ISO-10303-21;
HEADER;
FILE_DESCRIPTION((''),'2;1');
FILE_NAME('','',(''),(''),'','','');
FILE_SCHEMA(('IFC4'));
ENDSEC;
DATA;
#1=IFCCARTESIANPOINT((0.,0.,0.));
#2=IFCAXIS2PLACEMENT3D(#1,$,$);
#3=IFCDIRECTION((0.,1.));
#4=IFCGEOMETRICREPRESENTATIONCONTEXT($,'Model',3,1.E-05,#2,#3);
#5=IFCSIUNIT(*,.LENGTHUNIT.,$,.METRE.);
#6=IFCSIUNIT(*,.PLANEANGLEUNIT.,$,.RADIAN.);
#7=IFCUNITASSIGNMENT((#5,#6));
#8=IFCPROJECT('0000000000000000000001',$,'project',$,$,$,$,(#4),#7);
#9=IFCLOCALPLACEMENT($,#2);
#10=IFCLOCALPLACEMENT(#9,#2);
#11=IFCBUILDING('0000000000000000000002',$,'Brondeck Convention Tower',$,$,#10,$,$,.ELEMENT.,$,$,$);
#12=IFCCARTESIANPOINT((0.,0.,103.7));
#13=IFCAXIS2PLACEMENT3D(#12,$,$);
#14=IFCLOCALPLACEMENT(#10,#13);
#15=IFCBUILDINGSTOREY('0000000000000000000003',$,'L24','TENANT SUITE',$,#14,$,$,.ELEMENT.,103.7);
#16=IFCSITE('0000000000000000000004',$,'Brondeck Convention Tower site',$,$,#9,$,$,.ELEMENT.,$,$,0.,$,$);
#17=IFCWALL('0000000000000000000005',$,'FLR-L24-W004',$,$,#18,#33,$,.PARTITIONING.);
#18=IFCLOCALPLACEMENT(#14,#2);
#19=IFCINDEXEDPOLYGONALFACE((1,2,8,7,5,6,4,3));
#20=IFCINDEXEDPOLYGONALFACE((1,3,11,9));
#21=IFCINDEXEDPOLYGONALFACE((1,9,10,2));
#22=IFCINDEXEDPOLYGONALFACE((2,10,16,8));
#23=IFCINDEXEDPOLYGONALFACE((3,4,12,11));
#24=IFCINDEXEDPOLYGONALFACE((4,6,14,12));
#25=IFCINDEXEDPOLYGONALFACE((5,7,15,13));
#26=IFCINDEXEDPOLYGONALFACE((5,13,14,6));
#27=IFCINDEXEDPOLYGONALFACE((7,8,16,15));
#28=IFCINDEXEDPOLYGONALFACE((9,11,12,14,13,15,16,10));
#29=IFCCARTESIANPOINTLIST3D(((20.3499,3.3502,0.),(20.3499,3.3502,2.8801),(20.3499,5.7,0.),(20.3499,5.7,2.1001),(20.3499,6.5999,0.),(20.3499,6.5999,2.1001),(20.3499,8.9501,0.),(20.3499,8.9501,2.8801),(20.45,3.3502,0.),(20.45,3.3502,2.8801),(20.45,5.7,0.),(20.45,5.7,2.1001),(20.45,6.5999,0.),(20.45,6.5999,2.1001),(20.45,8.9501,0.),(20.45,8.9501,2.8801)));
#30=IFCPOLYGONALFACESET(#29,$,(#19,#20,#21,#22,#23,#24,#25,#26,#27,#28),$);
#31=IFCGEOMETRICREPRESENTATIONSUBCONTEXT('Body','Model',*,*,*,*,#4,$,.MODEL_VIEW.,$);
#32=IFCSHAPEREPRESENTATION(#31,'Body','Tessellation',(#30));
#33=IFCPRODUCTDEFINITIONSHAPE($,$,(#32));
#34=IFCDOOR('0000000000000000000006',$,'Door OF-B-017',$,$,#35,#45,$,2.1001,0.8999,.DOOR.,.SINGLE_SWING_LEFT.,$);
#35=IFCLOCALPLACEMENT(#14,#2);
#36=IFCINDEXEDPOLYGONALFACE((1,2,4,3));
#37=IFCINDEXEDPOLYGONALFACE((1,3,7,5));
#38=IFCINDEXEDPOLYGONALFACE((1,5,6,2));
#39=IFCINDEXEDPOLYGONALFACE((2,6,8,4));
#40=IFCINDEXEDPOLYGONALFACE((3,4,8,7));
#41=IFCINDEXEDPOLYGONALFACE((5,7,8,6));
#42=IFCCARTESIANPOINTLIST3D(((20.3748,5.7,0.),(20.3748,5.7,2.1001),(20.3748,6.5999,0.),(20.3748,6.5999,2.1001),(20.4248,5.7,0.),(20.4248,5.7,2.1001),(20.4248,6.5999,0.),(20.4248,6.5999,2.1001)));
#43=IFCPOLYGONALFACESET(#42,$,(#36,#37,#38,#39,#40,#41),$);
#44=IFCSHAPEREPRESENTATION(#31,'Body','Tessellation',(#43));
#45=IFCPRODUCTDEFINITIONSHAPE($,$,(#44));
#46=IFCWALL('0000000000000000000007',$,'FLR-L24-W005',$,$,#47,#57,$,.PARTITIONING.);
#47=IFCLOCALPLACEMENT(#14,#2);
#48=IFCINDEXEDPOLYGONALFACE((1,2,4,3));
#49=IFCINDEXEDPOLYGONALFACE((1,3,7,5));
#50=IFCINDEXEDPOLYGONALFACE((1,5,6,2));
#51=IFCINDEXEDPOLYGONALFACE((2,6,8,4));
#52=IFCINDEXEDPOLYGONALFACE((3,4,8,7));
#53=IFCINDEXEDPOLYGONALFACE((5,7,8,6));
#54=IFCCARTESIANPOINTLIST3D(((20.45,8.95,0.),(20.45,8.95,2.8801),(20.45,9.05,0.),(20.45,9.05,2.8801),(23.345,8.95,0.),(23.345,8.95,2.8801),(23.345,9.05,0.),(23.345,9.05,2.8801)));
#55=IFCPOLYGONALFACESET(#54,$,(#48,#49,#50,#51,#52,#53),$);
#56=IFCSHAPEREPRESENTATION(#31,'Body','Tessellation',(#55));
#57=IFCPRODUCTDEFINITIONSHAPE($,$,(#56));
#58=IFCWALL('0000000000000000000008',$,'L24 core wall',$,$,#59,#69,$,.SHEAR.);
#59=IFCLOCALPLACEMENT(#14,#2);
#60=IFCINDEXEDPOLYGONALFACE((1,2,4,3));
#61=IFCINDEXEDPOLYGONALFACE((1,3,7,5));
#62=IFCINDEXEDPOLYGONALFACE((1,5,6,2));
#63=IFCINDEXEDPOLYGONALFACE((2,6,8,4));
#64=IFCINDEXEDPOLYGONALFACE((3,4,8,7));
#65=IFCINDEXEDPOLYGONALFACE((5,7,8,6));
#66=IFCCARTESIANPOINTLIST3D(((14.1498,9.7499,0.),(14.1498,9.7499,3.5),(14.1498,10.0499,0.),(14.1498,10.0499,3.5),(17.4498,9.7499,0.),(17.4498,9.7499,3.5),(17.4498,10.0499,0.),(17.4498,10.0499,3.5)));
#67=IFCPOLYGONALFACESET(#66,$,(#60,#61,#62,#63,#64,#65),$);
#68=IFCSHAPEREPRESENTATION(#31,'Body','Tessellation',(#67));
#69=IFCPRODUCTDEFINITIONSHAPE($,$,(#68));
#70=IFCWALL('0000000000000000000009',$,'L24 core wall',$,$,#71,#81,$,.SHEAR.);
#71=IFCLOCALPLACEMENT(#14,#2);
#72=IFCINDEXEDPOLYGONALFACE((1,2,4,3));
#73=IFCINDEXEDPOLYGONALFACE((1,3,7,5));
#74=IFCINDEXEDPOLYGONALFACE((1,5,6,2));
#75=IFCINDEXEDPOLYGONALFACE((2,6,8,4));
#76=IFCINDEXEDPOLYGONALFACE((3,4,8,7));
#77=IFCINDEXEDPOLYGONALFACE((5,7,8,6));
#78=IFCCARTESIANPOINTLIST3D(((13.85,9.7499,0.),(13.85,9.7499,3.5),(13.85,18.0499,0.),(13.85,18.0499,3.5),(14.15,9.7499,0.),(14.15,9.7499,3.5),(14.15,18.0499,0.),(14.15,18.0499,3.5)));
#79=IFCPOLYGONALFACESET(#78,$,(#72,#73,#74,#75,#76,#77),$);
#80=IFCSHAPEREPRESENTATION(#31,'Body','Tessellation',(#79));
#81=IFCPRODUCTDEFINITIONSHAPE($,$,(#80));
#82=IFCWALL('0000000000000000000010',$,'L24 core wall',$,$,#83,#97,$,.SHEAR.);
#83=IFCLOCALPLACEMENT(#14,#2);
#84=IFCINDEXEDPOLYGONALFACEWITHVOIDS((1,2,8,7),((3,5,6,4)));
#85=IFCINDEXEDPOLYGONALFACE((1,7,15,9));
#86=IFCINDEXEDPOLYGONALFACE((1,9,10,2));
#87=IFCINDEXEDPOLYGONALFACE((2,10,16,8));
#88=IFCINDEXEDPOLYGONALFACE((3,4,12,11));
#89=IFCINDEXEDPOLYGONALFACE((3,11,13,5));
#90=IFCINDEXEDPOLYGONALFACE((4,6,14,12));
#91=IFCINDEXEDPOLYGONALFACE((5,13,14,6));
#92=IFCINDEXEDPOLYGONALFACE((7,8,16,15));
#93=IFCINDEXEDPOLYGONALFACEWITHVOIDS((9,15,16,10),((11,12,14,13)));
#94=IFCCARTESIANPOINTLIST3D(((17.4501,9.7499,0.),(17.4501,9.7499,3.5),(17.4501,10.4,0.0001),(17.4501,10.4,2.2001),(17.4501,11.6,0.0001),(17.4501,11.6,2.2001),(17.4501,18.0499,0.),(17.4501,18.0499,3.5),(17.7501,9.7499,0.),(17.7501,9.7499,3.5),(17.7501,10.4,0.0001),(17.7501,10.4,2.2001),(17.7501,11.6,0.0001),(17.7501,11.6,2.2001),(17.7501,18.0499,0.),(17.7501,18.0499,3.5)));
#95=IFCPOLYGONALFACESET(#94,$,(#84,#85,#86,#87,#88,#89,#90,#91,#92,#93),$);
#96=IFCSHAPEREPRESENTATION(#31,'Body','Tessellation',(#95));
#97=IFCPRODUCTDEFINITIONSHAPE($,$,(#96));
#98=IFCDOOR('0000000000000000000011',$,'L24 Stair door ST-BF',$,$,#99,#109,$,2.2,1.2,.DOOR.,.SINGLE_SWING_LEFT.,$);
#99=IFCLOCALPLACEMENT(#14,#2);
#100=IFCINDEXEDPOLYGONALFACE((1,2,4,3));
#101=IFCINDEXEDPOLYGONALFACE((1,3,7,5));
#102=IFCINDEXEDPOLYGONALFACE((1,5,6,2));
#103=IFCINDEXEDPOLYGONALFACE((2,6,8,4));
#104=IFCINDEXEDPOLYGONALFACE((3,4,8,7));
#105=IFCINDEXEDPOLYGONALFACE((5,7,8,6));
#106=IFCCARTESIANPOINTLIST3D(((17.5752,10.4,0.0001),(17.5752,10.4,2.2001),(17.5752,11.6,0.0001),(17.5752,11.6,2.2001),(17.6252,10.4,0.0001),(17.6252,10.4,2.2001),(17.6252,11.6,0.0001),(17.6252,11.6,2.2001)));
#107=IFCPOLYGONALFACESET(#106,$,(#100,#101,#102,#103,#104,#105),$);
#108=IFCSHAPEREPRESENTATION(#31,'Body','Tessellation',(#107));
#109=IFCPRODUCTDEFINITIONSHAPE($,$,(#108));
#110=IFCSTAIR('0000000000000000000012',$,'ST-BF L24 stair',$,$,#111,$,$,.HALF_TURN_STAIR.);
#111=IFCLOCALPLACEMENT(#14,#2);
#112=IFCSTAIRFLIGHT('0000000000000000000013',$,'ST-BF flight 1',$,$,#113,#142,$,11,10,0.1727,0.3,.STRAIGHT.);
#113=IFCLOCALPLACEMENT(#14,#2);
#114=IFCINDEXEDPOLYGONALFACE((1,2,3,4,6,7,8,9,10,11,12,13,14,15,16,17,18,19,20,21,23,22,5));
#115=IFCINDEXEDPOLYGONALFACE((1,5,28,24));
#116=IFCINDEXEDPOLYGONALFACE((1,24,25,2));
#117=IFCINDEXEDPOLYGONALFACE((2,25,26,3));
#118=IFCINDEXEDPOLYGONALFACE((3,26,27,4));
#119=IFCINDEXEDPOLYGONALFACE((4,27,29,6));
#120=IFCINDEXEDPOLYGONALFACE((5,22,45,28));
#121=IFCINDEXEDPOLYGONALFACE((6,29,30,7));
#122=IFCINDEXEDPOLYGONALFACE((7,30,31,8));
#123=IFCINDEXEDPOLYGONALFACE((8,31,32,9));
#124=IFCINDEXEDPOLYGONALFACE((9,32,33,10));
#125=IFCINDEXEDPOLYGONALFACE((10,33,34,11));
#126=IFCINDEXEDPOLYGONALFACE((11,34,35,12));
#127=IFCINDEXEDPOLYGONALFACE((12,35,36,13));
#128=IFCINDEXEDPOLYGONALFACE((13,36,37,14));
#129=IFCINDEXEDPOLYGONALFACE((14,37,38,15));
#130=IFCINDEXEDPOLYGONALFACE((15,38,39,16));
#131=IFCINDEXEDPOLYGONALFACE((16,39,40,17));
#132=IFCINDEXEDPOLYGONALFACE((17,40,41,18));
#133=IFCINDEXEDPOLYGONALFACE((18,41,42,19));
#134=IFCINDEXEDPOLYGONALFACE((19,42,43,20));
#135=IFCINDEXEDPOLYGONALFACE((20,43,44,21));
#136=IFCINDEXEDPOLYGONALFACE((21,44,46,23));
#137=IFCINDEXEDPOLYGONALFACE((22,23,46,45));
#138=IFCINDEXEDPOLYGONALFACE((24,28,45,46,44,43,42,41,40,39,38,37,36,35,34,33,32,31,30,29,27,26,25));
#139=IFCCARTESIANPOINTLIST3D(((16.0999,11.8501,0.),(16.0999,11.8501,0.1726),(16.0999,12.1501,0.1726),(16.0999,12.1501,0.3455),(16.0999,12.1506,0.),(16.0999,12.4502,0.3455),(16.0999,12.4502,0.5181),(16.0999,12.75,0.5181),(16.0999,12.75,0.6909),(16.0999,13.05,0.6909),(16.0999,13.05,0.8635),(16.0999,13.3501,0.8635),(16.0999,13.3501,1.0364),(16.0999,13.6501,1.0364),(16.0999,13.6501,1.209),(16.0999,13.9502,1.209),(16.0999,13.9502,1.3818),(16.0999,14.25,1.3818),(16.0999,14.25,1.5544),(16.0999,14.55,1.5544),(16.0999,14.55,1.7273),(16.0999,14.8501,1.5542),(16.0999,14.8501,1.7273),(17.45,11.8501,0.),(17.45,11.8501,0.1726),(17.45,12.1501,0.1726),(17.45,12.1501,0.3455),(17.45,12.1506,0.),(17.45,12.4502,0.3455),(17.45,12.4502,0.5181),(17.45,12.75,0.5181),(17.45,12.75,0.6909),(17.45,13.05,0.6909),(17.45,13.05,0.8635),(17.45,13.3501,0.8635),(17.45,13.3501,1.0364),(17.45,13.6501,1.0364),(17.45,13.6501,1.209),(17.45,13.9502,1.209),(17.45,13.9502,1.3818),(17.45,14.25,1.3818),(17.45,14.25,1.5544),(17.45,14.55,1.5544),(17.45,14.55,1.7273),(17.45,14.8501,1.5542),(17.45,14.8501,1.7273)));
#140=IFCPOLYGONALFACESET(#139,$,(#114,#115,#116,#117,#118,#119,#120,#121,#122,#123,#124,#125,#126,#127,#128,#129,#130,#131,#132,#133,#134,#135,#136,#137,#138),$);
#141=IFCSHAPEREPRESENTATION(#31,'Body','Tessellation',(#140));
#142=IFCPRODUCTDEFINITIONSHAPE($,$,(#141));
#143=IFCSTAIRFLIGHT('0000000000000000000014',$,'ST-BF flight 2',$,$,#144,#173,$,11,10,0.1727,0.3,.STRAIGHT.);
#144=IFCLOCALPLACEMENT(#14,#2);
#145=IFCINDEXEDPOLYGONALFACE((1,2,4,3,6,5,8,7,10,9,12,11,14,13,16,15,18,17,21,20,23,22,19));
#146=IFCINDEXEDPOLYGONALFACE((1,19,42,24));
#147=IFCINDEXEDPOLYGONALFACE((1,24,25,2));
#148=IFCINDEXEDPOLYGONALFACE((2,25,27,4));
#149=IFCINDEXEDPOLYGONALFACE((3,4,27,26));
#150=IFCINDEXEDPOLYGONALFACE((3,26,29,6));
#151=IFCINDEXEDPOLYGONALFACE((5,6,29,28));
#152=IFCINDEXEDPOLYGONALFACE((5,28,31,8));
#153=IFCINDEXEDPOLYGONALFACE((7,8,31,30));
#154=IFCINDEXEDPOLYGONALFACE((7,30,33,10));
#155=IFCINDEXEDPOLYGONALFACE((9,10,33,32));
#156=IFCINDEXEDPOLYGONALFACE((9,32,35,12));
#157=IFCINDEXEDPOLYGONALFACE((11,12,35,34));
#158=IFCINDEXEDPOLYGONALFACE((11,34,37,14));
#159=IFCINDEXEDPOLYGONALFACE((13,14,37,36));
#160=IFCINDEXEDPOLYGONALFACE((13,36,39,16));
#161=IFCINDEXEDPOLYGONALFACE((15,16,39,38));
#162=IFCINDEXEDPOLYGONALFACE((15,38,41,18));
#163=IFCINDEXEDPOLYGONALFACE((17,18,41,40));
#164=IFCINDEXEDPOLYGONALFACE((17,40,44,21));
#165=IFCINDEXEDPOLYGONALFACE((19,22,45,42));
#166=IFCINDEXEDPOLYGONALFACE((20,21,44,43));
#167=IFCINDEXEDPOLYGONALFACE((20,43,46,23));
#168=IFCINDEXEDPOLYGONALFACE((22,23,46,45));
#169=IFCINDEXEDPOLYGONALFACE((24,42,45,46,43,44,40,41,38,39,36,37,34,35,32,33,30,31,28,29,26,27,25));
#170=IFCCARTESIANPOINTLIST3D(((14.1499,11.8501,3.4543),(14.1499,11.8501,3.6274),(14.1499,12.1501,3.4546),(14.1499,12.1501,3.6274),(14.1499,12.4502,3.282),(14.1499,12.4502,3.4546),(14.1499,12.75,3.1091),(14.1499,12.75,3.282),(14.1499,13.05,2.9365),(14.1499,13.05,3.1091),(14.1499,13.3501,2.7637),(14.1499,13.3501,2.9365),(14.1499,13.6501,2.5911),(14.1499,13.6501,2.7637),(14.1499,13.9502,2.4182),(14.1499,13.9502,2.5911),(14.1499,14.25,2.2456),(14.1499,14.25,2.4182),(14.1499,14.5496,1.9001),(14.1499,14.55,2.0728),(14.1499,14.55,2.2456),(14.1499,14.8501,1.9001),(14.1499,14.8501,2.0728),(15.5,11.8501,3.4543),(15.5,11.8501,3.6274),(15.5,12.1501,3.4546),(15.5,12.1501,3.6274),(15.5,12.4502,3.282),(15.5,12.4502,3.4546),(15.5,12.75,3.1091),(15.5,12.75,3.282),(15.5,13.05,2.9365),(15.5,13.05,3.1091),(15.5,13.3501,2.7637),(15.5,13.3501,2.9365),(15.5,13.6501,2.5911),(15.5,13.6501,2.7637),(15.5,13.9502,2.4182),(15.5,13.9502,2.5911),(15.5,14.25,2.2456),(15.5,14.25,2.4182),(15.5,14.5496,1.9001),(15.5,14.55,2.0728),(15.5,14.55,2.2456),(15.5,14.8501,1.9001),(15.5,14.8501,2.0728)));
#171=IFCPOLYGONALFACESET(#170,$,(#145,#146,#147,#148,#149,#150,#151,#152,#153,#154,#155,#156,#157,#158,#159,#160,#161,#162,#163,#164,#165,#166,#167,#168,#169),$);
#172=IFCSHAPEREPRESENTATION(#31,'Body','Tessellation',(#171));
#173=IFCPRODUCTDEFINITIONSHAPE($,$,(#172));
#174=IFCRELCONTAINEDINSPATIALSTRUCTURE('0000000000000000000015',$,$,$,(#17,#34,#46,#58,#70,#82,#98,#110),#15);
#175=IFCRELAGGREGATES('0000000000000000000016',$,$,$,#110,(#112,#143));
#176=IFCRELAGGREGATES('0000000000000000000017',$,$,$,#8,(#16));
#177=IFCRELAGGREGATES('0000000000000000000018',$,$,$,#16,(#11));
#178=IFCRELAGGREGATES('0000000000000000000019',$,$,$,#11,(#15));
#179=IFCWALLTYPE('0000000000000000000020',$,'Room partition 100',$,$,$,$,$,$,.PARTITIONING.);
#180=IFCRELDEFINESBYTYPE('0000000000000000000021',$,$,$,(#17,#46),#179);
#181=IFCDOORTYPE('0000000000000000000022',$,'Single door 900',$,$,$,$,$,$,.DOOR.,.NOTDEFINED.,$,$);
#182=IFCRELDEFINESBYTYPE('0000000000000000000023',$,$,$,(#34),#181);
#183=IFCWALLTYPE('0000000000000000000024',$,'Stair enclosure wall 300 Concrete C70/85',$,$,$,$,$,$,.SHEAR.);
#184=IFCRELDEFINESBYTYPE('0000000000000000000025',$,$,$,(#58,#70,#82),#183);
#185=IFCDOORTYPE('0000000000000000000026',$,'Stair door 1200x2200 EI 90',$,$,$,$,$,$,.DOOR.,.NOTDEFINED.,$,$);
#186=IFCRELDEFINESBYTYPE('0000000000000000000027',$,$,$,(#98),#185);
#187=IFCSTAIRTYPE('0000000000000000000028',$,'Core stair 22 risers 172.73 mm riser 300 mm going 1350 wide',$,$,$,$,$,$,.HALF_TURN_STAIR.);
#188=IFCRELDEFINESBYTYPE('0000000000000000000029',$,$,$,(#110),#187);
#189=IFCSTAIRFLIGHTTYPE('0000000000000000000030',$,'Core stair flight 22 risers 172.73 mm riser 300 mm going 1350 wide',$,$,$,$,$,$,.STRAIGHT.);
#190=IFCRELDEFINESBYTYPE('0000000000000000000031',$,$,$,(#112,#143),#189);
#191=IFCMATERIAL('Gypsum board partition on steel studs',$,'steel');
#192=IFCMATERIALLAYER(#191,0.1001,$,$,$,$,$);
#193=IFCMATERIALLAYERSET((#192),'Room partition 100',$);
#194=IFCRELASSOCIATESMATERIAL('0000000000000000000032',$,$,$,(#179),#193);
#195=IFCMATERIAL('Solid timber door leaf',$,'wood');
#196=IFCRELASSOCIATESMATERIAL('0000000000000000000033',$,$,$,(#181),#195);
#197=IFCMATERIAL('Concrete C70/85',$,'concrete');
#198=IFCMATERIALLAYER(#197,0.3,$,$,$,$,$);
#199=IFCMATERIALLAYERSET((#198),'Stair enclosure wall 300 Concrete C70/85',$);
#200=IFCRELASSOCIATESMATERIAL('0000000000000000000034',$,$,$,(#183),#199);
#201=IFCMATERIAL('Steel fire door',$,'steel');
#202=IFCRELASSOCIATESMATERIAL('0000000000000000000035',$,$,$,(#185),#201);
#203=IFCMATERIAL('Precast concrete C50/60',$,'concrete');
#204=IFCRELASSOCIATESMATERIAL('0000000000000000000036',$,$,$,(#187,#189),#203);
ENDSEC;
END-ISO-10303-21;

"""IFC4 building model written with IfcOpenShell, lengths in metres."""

from ifc_helpers import new_model, si_unit, direction, frame, frame_2d, origin, place, context, subcontext, project, spatial, polyline, rectangle, outline, extrude, material, layer, layer_set, type_object, element, fill, aggregate, save


model = new_model("IFC4")

# Units and contexts
model_context = context("Model", 3, precision=1e-05, world=origin(), true_north=direction((0.0, 1.0)))
body_context = subcontext(model_context, "Body", "Model", "MODEL_VIEW")
ifc_project = project(units=[si_unit("LENGTHUNIT", "METRE"), si_unit("PLANEANGLEUNIT", "RADIAN")], contexts=[model_context])

# Site, building, storey
site_placement = place(None, origin())
site = spatial("IfcSite", under=ifc_project, at=site_placement, Name="Brondeck Convention Tower site", CompositionType="ELEMENT", RefElevation=0.0)
building_placement = place(site_placement, origin())
building = spatial("IfcBuilding", under=site, at=building_placement, Name="Brondeck Convention Tower", CompositionType="ELEMENT")
storey_placement = place(building_placement, frame((0.0, 0.0, 103.7)))
storey = spatial("IfcBuildingStorey", under=building, at=storey_placement, Name="L24", Description="TENANT SUITE", CompositionType="ELEMENT", Elevation=103.7)

# Shared definitions
ifc_material_1 = material(Name="Concrete C70/85", Category="concrete")

# Shared definitions
ifc_material_2 = material(Name="Gypsum board partition on steel studs", Category="steel")
ifc_layer_1 = layer(ifc_material_2, 0.1001)
ifc_layer_set_1 = layer_set([ifc_layer_1], Name="Room partition 100")
wall_type_1 = type_object("IfcWallType", Name="Room partition 100", PredefinedType="PARTITIONING", material=ifc_layer_set_1)

# Wall, opening, door
ifc_material_3 = material(Name="Solid timber door leaf", Category="wood")
door_type_1 = type_object("IfcDoorType", Name="Single door 900", OperationType="NOTDEFINED", PredefinedType="DOOR", material=ifc_material_3)
wall_1_placement = place(storey_placement, frame((20.3999, 8.95, 0.0), z_axis=(0.0, 0.0, 1.0), x_axis=(0.0, -1.0, 0.0)))
wall_1 = element("IfcWall", 1, at=wall_1_placement, inside=storey, type_object=wall_type_1, Name="FLR-L24-W004", PredefinedType="PARTITIONING", context=body_context, shape_type="SweptSolid", body=[
    extrude(rectangle(XDim=5.5999, YDim=0.1001, at=frame_2d((2.7998, 0.0))), origin(), (0.0, 0.0, 1.0), 2.8801),
])
opening_1_placement = place(wall_1_placement, frame((2.3501, 0.0, 0.0)))
opening_1 = element("IfcOpeningElement", 2, at=opening_1_placement, cuts=wall_1, PredefinedType="OPENING", context=body_context, shape_type="SweptSolid", body=[
    extrude(rectangle(XDim=0.8999, YDim=2.1001, at=frame_2d((0.45, 1.05))), frame((0.0, 0.0601, 0.0), z_axis=(0.0, -1.0, 0.0), x_axis=(1.0, 0.0, 0.0)), (0.0, 0.0, 1.0), 0.1201),
])
door_1_placement = place(opening_1_placement, origin())
door_1 = element("IfcDoor", 3, at=door_1_placement, inside=storey, type_object=door_type_1, Name="Door OF-B-017", OperationType="SINGLE_SWING_LEFT", OverallHeight=2.1001, OverallWidth=0.8999, PredefinedType="DOOR", context=body_context, shape_type="SweptSolid", body=[
    extrude(rectangle(XDim=0.8999, YDim=2.1001, at=frame_2d((0.45, 1.05))), frame((0.0, 0.0249, 0.0), z_axis=(0.0, -1.0, 0.0), x_axis=(1.0, 0.0, 0.0)), (0.0, 0.0, 1.0), 0.05),
])
fill(opening_1, door_1)

# Walls
wall_2_placement = place(storey_placement, frame((23.345, 9.0, 0.0), z_axis=(0.0, 0.0, 1.0), x_axis=(-1.0, 0.0, 0.0)))
element("IfcWall", 4, at=wall_2_placement, inside=storey, type_object=wall_type_1, Name="FLR-L24-W005", PredefinedType="PARTITIONING", context=body_context, shape_type="SweptSolid", body=[
    extrude(rectangle(XDim=2.895, YDim=0.1001, at=frame_2d((1.4475, 0.0))), origin(), (0.0, 0.0, 1.0), 2.8801),
])
ifc_layer_2 = layer(ifc_material_1, 0.3)
ifc_layer_set_2 = layer_set([ifc_layer_2], Name="Stair enclosure wall 300 Concrete C70/85")
wall_type_2 = type_object("IfcWallType", Name="Stair enclosure wall 300 Concrete C70/85", PredefinedType="SHEAR", material=ifc_layer_set_2)
wall_3_placement = place(storey_placement, frame((14.1499, 9.8999, 0.0), z_axis=(0.0, 0.0, 1.0), x_axis=(1.0, 0.0, 0.0)))
element("IfcWall", 5, at=wall_3_placement, inside=storey, type_object=wall_type_2, Name="L24 core wall", PredefinedType="SHEAR", context=body_context, shape_type="SweptSolid", body=[
    extrude(rectangle(XDim=3.3, YDim=0.3, at=frame_2d((1.6499, 0.0))), origin(), (0.0, 0.0, 1.0), 3.5),
])
wall_4_placement = place(storey_placement, frame((14.0, 9.75, 0.0), z_axis=(0.0, 0.0, 1.0), x_axis=(0.0, 1.0, 0.0)))
element("IfcWall", 6, at=wall_4_placement, inside=storey, type_object=wall_type_2, Name="L24 core wall", PredefinedType="SHEAR", context=body_context, shape_type="SweptSolid", body=[
    extrude(rectangle(XDim=8.3, YDim=0.3, at=frame_2d((4.1499, 0.0))), origin(), (0.0, 0.0, 1.0), 3.5),
])

# Wall, opening, door
wall_5_placement = place(storey_placement, frame((17.6001, 9.75, 0.0), z_axis=(0.0, 0.0, 1.0), x_axis=(0.0, 1.0, 0.0)))
wall_5 = element("IfcWall", 7, at=wall_5_placement, inside=storey, type_object=wall_type_2, Name="L24 core wall", PredefinedType="SHEAR", context=body_context, shape_type="SweptSolid", body=[
    extrude(rectangle(XDim=8.3, YDim=0.3, at=frame_2d((4.1499, 0.0))), origin(), (0.0, 0.0, 1.0), 3.5),
])
opening_2_placement = place(wall_5_placement, frame((0.6499, 0.0, 0.0)))
opening_2 = element("IfcOpeningElement", 8, at=opening_2_placement, cuts=wall_5, PredefinedType="OPENING", context=body_context, shape_type="SweptSolid", body=[
    extrude(rectangle(XDim=1.2, YDim=2.2, at=frame_2d((0.6001, 1.1001))), frame((0.0, 0.1599, 0.0), z_axis=(0.0, -1.0, 0.0), x_axis=(1.0, 0.0, 0.0)), (0.0, 0.0, 1.0), 0.3201),
])
ifc_material_4 = material(Name="Steel fire door", Category="steel")
door_type_2 = type_object("IfcDoorType", Name="Stair door 1200x2200 EI 90", OperationType="NOTDEFINED", PredefinedType="DOOR", material=ifc_material_4)
door_2_placement = place(opening_2_placement, origin())
door_2 = element("IfcDoor", 9, at=door_2_placement, inside=storey, type_object=door_type_2, Name="L24 Stair door ST-BF", OperationType="SINGLE_SWING_LEFT", OverallHeight=2.2, OverallWidth=1.2, PredefinedType="DOOR", context=body_context, shape_type="SweptSolid", body=[
    extrude(rectangle(XDim=1.2, YDim=2.2, at=frame_2d((0.6001, 1.1001))), frame((0.0, 0.0249, 0.0), z_axis=(0.0, -1.0, 0.0), x_axis=(1.0, 0.0, 0.0)), (0.0, 0.0, 1.0), 0.05),
])
fill(opening_2, door_2)

# Stair, stair flights
ifc_material_5 = material(Name="Precast concrete C50/60", Category="concrete")
stair_type = type_object("IfcStairType", Name="Core stair 22 risers 172.73 mm riser 300 mm going 1350 wide", PredefinedType="HALF_TURN_STAIR", material=ifc_material_5)
stair_placement = place(storey_placement, origin())
stair = element("IfcStair", 10, at=stair_placement, inside=storey, type_object=stair_type, Name="ST-BF L24 stair", PredefinedType="HALF_TURN_STAIR")
stair_flight_type = type_object("IfcStairFlightType", Name="Core stair flight 22 risers 172.73 mm riser 300 mm going 1350 wide", PredefinedType="STRAIGHT", material=ifc_material_5)
stair_flight_1_placement = place(storey_placement, frame((16.7749, 11.8501, 0.0), z_axis=(0.0, 0.0, 1.0), x_axis=(0.0, 1.0, 0.0)))
stair_flight_1 = element("IfcStairFlight", 11, at=stair_flight_1_placement, type_object=stair_flight_type, Name="ST-BF flight 1", NumberOfRisers=11, NumberOfTreads=10, PredefinedType="STRAIGHT", RiserHeight=0.1727, TreadLength=0.3, context=body_context, shape_type="SweptSolid", body=[
    extrude(outline(polyline([(0.0, 0.0), (0.0, 0.1726), (0.3, 0.1726), (0.3, 0.3455), (0.6001, 0.3455), (0.6001, 0.5181), (0.8999, 0.5181), (0.8999, 0.6909), (1.2, 0.6909), (1.2, 0.8635), (1.5, 0.8635), (1.5, 1.0364), (1.8, 1.0364), (1.8, 1.209), (2.1001, 1.209), (2.1001, 1.3818), (2.3999, 1.3818), (2.3999, 1.5544), (2.7, 1.5544), (2.7, 1.7273), (3.0, 1.7273), (3.0, 1.8999), (3.0, 1.5542), (0.3005, 0.0), (0.0, 0.0)])), frame((0.0, 0.675, 0.0), z_axis=(0.0, -1.0, 0.0), x_axis=(1.0, 0.0, 0.0)), (0.0, 0.0, 1.0), 1.3501),
])
stair_flight_2_placement = place(storey_placement, frame((14.825, 14.8501, 1.9001), z_axis=(0.0, 0.0, 1.0), x_axis=(0.0, -1.0, 0.0)))
stair_flight_2 = element("IfcStairFlight", 12, at=stair_flight_2_placement, type_object=stair_flight_type, Name="ST-BF flight 2", NumberOfRisers=11, NumberOfTreads=10, PredefinedType="STRAIGHT", RiserHeight=0.1727, TreadLength=0.3, context=body_context, shape_type="SweptSolid", body=[
    extrude(outline(polyline([(0.0, 0.0), (0.0, 0.1726), (0.3, 0.1726), (0.3, 0.3455), (0.6001, 0.3455), (0.6001, 0.5181), (0.8999, 0.5181), (0.8999, 0.6909), (1.2, 0.6909), (1.2, 0.8635), (1.5, 0.8635), (1.5, 1.0364), (1.8, 1.0364), (1.8, 1.209), (2.1001, 1.209), (2.1001, 1.3818), (2.3999, 1.3818), (2.3999, 1.5544), (2.7, 1.5544), (2.7, 1.7273), (3.0, 1.7273), (3.0, 1.8999), (3.0, 1.5542), (0.3005, 0.0), (0.0, 0.0)])), frame((0.0, 0.675, 0.0), z_axis=(0.0, -1.0, 0.0), x_axis=(1.0, 0.0, 0.0)), (0.0, 0.0, 1.0), 1.3501),
])
aggregate(stair, [stair_flight_1, stair_flight_2])

save(model, "model.ifc")
